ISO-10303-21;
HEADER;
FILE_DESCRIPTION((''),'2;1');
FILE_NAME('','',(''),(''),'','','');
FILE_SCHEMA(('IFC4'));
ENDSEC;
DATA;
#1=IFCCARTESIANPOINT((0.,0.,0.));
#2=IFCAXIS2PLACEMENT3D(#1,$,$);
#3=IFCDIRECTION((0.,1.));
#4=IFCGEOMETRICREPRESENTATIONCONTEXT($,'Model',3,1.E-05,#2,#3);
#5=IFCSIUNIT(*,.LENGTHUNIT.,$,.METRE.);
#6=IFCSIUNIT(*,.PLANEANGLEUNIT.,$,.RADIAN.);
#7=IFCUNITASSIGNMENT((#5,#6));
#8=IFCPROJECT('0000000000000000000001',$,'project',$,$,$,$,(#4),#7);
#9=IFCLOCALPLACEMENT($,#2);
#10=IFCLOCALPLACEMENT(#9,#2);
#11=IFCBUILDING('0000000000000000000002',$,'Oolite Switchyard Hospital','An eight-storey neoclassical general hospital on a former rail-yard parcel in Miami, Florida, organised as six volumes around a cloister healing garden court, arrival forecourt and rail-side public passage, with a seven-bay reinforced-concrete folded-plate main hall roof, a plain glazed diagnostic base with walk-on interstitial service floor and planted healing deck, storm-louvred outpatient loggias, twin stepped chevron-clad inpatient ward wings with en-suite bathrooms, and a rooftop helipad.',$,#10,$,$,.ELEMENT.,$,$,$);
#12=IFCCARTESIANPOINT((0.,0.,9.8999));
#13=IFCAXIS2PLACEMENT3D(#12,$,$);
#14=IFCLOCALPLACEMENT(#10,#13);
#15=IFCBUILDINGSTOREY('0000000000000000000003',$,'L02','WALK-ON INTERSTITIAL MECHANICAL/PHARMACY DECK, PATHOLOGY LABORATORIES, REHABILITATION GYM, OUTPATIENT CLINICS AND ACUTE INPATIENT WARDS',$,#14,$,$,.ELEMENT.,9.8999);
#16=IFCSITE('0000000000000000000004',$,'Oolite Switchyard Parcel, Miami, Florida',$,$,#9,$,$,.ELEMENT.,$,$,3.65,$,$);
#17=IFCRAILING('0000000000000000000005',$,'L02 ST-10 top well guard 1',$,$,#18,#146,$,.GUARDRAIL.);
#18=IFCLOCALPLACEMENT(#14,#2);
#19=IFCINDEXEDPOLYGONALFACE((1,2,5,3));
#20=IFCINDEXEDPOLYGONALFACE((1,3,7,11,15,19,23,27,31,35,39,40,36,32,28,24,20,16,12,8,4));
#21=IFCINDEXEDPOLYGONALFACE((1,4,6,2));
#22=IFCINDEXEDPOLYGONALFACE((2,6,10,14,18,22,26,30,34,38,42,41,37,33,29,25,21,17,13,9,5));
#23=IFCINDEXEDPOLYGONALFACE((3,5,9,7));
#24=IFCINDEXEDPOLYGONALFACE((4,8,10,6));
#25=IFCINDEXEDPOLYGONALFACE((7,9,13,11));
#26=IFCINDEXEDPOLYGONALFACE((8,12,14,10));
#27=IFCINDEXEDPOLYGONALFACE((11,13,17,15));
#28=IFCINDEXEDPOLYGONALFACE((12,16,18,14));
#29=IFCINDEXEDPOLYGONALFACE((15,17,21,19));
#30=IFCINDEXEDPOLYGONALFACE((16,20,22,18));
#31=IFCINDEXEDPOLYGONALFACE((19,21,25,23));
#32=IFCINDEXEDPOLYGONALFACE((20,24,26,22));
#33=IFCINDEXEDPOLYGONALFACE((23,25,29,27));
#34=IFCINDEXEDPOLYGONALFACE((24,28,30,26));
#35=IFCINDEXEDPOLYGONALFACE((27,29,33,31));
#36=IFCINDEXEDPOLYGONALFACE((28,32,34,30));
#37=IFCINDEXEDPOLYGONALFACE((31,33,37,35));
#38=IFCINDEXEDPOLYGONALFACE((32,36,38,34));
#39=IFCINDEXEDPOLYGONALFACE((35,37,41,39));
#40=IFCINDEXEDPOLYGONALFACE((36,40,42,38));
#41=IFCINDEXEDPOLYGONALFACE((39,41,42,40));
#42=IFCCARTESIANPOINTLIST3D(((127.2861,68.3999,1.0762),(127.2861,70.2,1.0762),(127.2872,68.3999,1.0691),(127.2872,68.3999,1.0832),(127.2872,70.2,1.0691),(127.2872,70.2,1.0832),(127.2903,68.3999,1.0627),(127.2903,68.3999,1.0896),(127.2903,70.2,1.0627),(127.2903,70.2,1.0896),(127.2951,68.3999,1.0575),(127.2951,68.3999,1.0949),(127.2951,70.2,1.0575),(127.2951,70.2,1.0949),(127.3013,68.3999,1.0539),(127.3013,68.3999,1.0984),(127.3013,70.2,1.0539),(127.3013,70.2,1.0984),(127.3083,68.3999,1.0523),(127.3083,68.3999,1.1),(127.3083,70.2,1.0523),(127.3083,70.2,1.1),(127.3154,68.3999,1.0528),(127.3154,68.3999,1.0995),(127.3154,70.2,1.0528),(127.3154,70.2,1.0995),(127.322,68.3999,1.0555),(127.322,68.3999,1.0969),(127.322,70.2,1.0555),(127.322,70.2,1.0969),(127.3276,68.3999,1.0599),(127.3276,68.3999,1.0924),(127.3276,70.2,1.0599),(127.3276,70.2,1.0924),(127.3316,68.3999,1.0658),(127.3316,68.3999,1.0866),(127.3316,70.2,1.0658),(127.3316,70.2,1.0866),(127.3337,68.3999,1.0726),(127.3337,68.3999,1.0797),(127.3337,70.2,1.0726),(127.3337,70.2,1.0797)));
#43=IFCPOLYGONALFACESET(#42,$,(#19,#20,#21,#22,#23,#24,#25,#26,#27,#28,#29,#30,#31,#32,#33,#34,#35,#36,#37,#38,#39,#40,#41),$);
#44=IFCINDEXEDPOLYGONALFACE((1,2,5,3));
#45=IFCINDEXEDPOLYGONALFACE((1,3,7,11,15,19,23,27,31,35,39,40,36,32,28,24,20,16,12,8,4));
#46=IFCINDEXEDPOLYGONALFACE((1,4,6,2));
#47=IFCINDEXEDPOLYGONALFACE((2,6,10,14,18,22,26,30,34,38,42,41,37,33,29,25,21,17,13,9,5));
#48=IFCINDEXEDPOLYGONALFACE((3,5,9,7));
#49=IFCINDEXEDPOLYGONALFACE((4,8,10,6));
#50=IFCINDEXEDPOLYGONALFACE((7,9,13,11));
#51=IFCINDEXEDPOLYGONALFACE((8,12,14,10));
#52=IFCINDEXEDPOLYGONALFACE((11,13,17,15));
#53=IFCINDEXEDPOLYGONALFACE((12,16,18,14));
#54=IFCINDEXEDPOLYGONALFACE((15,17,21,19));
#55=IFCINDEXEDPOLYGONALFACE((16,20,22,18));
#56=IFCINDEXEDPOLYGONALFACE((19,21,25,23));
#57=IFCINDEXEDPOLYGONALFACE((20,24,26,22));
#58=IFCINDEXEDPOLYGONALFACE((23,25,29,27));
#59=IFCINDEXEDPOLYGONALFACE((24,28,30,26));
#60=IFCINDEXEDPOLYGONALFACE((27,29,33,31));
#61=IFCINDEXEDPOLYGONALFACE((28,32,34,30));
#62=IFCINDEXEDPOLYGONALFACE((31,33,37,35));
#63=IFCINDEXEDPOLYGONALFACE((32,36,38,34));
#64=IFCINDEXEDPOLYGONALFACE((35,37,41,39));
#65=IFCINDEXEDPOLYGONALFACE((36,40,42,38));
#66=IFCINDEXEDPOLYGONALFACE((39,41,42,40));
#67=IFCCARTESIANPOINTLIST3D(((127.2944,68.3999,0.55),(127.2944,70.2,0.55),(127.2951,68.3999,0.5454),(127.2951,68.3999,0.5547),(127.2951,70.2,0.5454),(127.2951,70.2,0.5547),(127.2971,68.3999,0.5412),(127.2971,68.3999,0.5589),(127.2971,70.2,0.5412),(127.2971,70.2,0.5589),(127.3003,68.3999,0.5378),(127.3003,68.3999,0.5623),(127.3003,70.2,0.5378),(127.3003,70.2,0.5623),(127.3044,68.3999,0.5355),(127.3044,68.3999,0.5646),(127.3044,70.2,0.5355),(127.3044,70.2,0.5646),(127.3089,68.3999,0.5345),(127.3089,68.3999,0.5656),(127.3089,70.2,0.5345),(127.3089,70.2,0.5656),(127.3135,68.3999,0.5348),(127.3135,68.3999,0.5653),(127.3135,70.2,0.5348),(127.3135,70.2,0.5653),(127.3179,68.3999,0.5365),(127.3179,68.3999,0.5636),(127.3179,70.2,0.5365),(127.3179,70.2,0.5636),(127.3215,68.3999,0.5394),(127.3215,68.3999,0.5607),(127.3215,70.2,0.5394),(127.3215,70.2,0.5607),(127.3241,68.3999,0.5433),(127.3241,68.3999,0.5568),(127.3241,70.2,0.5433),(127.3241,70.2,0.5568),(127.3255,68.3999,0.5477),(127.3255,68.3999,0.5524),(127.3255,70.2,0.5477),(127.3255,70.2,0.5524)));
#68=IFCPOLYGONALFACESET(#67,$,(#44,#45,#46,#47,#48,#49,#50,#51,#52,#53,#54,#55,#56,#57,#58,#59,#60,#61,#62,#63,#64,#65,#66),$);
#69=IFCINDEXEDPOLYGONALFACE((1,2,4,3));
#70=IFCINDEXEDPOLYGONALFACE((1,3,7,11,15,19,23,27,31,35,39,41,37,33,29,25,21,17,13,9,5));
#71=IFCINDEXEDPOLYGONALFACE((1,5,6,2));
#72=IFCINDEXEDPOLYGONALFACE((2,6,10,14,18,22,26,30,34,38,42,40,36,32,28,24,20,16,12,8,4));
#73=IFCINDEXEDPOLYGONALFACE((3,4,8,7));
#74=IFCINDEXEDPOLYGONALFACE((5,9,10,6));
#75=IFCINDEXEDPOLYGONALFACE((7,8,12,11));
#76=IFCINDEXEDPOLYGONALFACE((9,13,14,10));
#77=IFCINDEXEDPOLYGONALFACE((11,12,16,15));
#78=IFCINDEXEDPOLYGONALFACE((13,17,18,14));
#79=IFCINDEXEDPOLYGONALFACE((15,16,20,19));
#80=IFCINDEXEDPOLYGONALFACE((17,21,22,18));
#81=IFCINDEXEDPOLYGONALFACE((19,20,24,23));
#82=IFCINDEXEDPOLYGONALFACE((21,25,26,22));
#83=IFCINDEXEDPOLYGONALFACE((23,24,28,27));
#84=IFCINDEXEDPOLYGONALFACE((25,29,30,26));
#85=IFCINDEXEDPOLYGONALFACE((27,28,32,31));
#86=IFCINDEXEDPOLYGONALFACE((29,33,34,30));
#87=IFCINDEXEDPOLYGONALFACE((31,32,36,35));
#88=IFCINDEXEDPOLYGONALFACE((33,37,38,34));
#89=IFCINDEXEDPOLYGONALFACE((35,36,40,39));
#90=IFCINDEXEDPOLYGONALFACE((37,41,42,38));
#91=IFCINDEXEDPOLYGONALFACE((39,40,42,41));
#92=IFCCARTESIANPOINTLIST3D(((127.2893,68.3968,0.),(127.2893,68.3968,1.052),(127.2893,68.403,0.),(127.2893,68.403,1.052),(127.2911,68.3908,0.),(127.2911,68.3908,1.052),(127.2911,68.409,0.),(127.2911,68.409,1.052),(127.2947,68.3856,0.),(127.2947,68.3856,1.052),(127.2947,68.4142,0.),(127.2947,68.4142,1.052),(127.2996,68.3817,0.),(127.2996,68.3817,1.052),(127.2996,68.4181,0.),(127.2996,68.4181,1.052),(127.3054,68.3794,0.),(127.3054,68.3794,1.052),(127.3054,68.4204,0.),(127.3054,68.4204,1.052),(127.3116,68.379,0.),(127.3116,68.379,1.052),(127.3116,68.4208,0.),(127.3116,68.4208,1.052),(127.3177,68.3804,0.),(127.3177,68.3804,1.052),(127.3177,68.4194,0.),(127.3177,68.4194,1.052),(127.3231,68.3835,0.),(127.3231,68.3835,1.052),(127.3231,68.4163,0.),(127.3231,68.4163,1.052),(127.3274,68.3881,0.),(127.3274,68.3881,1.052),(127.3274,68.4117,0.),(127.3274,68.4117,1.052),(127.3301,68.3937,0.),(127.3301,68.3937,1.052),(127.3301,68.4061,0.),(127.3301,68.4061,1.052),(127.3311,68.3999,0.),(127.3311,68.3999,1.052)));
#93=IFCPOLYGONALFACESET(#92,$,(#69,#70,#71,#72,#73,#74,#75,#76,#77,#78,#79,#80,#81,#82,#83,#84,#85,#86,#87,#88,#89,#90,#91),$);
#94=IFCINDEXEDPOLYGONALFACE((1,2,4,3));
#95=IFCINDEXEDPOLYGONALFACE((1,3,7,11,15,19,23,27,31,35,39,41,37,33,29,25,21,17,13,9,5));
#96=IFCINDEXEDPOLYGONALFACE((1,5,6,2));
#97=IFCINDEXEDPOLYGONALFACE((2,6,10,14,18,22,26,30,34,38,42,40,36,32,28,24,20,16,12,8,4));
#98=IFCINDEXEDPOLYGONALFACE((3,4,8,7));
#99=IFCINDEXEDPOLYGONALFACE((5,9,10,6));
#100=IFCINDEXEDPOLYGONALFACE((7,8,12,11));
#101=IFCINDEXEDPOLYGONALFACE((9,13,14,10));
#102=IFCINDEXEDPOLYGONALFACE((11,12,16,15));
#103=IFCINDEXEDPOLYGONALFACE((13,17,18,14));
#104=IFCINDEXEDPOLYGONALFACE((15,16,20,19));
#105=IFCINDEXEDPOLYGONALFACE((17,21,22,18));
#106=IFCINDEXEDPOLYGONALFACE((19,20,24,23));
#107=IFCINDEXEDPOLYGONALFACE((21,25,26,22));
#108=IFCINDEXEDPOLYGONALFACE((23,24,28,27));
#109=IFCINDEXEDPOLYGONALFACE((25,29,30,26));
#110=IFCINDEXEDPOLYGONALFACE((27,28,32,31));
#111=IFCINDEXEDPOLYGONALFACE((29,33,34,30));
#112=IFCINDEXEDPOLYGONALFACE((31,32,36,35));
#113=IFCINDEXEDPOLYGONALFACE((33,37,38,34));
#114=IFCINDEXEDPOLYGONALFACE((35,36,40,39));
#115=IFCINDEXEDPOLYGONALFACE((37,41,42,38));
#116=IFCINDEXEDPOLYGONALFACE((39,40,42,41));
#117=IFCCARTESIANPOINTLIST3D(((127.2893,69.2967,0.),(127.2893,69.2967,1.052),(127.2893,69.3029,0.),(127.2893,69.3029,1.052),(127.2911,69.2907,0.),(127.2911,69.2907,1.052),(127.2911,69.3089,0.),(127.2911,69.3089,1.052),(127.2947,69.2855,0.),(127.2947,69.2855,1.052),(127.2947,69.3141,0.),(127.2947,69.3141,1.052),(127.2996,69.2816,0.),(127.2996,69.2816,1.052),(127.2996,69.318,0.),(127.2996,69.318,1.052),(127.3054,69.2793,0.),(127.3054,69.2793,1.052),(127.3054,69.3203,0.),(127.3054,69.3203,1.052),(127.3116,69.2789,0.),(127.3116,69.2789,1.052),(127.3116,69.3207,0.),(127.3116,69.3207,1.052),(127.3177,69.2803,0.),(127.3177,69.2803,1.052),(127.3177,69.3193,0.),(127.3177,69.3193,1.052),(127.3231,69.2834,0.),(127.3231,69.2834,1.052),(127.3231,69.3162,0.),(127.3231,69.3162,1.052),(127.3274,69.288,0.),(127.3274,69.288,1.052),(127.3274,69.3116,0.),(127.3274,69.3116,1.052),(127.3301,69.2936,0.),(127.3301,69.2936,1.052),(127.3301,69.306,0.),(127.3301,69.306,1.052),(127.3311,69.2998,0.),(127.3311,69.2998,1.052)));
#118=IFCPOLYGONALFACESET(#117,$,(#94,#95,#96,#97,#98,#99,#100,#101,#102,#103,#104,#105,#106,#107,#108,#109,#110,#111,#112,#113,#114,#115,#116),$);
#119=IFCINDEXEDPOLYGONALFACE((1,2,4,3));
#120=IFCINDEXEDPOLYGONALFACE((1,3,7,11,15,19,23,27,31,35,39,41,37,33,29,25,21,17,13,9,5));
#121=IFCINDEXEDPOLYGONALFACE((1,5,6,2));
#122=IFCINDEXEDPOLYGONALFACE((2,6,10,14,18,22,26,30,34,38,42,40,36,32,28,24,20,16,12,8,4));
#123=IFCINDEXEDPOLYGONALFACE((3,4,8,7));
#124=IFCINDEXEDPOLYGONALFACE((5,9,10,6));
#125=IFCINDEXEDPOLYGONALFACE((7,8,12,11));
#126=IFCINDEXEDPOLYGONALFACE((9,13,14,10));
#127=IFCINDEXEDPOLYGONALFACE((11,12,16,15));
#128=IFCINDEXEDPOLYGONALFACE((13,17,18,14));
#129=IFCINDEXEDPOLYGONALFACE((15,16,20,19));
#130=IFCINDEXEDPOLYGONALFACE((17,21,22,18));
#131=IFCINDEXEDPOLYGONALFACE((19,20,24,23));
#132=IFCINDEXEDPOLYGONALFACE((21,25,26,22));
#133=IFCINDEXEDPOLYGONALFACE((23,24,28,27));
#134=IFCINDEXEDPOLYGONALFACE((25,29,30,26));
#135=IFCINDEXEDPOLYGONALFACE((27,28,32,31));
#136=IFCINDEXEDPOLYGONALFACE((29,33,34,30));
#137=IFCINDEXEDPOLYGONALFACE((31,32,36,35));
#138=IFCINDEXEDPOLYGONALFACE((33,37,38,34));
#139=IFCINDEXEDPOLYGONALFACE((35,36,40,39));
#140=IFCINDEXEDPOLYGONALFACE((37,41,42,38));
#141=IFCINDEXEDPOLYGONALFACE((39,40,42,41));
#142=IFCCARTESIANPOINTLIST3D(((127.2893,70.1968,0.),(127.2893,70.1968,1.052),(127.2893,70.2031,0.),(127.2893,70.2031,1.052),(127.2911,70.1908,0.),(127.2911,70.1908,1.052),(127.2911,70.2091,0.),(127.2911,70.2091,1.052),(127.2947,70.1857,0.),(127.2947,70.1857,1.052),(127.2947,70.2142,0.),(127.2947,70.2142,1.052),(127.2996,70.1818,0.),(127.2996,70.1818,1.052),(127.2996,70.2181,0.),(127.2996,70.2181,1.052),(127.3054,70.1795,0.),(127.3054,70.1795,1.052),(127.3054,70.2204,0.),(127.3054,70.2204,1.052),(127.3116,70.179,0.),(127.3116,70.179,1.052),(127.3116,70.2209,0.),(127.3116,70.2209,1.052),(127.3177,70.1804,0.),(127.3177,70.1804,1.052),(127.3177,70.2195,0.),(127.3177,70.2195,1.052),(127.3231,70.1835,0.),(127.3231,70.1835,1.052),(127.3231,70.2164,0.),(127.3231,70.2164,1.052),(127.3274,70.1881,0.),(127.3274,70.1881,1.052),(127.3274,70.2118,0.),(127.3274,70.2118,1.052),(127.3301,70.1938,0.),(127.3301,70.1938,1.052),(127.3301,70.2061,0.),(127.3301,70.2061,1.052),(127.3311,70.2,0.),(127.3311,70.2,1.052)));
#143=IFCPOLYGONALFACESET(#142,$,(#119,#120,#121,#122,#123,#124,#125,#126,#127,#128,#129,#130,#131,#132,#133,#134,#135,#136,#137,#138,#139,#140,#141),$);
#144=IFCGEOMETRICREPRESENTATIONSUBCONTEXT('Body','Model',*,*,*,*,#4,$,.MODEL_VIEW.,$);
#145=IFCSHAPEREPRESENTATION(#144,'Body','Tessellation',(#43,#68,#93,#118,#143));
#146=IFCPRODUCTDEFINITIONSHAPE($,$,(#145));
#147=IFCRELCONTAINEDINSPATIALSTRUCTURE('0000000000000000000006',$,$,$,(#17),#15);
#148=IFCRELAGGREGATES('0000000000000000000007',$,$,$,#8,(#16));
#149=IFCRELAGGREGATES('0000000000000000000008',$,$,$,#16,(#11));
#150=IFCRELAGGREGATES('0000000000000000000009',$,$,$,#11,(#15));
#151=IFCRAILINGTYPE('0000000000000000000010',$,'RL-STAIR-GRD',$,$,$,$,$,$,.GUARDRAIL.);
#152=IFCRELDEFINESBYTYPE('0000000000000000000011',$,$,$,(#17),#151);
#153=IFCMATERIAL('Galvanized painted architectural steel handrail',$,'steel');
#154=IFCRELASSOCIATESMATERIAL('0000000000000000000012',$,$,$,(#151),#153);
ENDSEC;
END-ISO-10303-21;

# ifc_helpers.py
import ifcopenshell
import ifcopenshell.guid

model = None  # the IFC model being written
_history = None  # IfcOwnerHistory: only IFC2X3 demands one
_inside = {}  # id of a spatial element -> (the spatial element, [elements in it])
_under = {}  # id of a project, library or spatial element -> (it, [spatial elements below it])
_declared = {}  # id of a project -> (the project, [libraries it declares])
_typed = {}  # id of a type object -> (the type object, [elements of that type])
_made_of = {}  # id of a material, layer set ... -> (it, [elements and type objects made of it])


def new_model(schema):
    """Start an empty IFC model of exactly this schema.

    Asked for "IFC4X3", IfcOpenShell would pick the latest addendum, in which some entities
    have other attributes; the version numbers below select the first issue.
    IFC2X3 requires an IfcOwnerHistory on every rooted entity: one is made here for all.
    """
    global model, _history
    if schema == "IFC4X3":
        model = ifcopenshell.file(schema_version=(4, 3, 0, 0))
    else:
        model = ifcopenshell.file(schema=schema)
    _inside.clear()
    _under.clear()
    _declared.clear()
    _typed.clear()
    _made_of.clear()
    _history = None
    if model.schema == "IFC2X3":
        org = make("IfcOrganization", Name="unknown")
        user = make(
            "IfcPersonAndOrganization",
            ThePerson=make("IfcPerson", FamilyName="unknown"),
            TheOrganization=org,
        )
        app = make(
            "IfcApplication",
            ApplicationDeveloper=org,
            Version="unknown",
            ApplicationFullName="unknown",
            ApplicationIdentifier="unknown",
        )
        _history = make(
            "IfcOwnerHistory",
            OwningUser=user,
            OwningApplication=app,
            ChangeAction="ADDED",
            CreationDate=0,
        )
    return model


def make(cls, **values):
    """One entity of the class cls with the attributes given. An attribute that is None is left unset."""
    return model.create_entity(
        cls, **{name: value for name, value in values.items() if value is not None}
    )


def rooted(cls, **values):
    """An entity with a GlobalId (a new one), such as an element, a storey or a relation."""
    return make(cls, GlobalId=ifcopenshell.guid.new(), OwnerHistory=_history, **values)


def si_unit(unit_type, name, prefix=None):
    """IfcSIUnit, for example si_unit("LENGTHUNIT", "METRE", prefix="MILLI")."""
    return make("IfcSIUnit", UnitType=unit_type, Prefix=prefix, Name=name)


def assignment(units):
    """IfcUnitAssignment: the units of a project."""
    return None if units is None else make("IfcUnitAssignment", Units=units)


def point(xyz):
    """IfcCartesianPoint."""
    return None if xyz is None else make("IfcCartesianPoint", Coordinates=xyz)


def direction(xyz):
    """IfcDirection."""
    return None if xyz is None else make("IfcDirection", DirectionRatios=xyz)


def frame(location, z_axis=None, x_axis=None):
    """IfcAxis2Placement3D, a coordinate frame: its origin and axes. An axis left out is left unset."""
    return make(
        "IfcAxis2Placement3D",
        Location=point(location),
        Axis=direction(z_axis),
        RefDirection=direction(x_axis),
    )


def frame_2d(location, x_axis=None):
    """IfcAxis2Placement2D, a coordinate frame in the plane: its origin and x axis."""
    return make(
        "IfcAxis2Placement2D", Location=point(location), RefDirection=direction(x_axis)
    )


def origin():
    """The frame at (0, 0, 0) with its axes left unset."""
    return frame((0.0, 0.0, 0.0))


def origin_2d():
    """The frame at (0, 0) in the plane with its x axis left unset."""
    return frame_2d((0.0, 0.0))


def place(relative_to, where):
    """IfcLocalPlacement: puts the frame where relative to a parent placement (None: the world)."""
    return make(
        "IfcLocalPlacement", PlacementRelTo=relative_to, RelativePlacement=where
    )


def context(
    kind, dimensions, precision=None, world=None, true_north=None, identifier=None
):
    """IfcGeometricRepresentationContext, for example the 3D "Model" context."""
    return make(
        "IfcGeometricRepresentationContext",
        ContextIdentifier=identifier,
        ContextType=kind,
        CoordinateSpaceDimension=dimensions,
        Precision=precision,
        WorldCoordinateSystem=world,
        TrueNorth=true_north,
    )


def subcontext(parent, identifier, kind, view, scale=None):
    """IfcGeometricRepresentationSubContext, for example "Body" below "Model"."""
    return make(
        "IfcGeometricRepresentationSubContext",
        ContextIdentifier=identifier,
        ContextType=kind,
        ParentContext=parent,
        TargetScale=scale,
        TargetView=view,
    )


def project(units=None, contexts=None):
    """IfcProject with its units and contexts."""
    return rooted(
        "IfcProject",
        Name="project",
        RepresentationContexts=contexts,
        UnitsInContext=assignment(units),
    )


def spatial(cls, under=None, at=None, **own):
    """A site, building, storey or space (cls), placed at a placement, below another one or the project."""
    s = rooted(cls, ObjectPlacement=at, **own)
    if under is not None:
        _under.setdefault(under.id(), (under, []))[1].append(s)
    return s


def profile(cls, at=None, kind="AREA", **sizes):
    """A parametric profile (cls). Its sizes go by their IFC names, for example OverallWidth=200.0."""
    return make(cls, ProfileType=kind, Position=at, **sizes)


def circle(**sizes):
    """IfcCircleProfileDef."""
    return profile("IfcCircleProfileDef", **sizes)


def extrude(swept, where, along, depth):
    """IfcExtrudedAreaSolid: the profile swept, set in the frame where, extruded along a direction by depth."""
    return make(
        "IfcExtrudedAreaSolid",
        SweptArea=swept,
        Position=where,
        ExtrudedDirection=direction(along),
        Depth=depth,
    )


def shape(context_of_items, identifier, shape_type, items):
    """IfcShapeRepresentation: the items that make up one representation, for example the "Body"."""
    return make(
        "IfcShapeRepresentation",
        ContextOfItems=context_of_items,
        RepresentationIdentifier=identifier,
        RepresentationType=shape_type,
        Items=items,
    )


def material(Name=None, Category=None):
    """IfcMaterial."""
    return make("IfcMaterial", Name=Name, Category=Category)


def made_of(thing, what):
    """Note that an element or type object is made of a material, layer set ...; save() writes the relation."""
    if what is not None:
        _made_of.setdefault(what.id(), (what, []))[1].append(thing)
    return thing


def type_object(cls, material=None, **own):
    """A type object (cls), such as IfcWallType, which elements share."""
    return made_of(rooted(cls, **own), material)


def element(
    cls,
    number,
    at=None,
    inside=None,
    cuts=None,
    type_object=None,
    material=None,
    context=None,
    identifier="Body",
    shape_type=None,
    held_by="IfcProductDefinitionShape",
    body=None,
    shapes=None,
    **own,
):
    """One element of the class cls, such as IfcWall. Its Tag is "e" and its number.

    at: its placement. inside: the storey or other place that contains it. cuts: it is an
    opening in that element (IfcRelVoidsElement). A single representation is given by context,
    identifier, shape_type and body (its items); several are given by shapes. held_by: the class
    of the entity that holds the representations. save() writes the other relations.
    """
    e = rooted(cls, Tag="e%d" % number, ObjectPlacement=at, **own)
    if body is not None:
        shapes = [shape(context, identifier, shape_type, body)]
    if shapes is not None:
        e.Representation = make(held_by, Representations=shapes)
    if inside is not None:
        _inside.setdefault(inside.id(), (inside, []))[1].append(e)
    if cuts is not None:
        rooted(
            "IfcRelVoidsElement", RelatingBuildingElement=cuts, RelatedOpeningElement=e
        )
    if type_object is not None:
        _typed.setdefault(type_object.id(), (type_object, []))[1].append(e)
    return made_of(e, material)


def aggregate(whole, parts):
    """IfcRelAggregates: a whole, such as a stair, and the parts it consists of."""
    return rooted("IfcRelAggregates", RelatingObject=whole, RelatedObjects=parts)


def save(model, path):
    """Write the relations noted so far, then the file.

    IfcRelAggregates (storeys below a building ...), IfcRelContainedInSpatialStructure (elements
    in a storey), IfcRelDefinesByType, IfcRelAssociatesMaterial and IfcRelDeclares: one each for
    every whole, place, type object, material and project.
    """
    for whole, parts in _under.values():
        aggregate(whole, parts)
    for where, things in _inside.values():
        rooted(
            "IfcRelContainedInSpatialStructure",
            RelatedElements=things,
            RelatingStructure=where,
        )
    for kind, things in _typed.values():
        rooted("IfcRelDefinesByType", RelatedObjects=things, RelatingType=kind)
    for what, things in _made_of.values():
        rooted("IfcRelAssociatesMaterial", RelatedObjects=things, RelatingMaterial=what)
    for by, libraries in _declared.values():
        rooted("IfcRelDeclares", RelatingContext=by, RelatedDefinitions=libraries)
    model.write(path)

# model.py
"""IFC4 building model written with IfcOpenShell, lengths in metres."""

from ifc_helpers import new_model, si_unit, direction, frame, origin, origin_2d, place, context, subcontext, project, spatial, circle, extrude, material, type_object, element, save


model = new_model("IFC4")

# Units and contexts
model_context = context("Model", 3, precision=1e-05, world=origin(), true_north=direction((0.0, 1.0)))
body_context = subcontext(model_context, "Body", "Model", "MODEL_VIEW")
ifc_project = project(units=[si_unit("LENGTHUNIT", "METRE"), si_unit("PLANEANGLEUNIT", "RADIAN")], contexts=[model_context])

# Site, building, storey
site_placement = place(None, origin())
site = spatial("IfcSite", under=ifc_project, at=site_placement, Name="Oolite Switchyard Parcel, Miami, Florida", CompositionType="ELEMENT", RefElevation=3.65)
building_placement = place(site_placement, origin())
building = spatial("IfcBuilding", under=site, at=building_placement, Name="Oolite Switchyard Hospital", Description="An eight-storey neoclassical general hospital on a former rail-yard parcel in Miami, Florida, organised as six volumes around a cloister healing garden court, arrival forecourt and rail-side public passage, with a seven-bay reinforced-concrete folded-plate main hall roof, a plain glazed diagnostic base with walk-on interstitial service floor and planted healing deck, storm-louvred outpatient loggias, twin stepped chevron-clad inpatient ward wings with en-suite bathrooms, and a rooftop helipad.", CompositionType="ELEMENT")
storey_placement = place(building_placement, frame((0.0, 0.0, 9.8999)))
storey = spatial("IfcBuildingStorey", under=building, at=storey_placement, Name="L02", Description="WALK-ON INTERSTITIAL MECHANICAL/PHARMACY DECK, PATHOLOGY LABORATORIES, REHABILITATION GYM, OUTPATIENT CLINICS AND ACUTE INPATIENT WARDS", CompositionType="ELEMENT", Elevation=9.8999)

# Railing
ifc_material_1 = material(Name="Galvanized painted architectural steel handrail", Category="steel")
railing_type = type_object("IfcRailingType", Name="RL-STAIR-GRD", PredefinedType="GUARDRAIL", material=ifc_material_1)
railing_placement = place(storey_placement, frame((127.3101, 68.3999, 0.0)))
element("IfcRailing", 1, at=railing_placement, inside=storey, type_object=railing_type, Name="L02 ST-10 top well guard 1", PredefinedType="GUARDRAIL", context=body_context, shape_type="SweptSolid", body=[
    extrude(circle(Radius=0.0239, at=origin_2d()), frame((0.0, 0.0, 1.0762), z_axis=(0.0, 1.0, 0.0), x_axis=(-1.0, 0.0, 0.0)), (0.0, 0.0, 1.0), 1.8),
    extrude(circle(Radius=0.0156, at=origin_2d()), frame((0.0, 0.0, 0.55), z_axis=(0.0, 1.0, 0.0), x_axis=(-1.0, 0.0, 0.0)), (0.0, 0.0, 1.0), 1.8),
    extrude(circle(Radius=0.021, at=origin_2d()), origin(), (0.0, 0.0, 1.0), 1.052),
    extrude(circle(Radius=0.021, at=origin_2d()), frame((0.0, 0.8999, 0.0)), (0.0, 0.0, 1.0), 1.052),
    extrude(circle(Radius=0.021, at=origin_2d()), frame((0.0, 1.8, 0.0)), (0.0, 0.0, 1.0), 1.052),
])

save(model, "model.ifc")
